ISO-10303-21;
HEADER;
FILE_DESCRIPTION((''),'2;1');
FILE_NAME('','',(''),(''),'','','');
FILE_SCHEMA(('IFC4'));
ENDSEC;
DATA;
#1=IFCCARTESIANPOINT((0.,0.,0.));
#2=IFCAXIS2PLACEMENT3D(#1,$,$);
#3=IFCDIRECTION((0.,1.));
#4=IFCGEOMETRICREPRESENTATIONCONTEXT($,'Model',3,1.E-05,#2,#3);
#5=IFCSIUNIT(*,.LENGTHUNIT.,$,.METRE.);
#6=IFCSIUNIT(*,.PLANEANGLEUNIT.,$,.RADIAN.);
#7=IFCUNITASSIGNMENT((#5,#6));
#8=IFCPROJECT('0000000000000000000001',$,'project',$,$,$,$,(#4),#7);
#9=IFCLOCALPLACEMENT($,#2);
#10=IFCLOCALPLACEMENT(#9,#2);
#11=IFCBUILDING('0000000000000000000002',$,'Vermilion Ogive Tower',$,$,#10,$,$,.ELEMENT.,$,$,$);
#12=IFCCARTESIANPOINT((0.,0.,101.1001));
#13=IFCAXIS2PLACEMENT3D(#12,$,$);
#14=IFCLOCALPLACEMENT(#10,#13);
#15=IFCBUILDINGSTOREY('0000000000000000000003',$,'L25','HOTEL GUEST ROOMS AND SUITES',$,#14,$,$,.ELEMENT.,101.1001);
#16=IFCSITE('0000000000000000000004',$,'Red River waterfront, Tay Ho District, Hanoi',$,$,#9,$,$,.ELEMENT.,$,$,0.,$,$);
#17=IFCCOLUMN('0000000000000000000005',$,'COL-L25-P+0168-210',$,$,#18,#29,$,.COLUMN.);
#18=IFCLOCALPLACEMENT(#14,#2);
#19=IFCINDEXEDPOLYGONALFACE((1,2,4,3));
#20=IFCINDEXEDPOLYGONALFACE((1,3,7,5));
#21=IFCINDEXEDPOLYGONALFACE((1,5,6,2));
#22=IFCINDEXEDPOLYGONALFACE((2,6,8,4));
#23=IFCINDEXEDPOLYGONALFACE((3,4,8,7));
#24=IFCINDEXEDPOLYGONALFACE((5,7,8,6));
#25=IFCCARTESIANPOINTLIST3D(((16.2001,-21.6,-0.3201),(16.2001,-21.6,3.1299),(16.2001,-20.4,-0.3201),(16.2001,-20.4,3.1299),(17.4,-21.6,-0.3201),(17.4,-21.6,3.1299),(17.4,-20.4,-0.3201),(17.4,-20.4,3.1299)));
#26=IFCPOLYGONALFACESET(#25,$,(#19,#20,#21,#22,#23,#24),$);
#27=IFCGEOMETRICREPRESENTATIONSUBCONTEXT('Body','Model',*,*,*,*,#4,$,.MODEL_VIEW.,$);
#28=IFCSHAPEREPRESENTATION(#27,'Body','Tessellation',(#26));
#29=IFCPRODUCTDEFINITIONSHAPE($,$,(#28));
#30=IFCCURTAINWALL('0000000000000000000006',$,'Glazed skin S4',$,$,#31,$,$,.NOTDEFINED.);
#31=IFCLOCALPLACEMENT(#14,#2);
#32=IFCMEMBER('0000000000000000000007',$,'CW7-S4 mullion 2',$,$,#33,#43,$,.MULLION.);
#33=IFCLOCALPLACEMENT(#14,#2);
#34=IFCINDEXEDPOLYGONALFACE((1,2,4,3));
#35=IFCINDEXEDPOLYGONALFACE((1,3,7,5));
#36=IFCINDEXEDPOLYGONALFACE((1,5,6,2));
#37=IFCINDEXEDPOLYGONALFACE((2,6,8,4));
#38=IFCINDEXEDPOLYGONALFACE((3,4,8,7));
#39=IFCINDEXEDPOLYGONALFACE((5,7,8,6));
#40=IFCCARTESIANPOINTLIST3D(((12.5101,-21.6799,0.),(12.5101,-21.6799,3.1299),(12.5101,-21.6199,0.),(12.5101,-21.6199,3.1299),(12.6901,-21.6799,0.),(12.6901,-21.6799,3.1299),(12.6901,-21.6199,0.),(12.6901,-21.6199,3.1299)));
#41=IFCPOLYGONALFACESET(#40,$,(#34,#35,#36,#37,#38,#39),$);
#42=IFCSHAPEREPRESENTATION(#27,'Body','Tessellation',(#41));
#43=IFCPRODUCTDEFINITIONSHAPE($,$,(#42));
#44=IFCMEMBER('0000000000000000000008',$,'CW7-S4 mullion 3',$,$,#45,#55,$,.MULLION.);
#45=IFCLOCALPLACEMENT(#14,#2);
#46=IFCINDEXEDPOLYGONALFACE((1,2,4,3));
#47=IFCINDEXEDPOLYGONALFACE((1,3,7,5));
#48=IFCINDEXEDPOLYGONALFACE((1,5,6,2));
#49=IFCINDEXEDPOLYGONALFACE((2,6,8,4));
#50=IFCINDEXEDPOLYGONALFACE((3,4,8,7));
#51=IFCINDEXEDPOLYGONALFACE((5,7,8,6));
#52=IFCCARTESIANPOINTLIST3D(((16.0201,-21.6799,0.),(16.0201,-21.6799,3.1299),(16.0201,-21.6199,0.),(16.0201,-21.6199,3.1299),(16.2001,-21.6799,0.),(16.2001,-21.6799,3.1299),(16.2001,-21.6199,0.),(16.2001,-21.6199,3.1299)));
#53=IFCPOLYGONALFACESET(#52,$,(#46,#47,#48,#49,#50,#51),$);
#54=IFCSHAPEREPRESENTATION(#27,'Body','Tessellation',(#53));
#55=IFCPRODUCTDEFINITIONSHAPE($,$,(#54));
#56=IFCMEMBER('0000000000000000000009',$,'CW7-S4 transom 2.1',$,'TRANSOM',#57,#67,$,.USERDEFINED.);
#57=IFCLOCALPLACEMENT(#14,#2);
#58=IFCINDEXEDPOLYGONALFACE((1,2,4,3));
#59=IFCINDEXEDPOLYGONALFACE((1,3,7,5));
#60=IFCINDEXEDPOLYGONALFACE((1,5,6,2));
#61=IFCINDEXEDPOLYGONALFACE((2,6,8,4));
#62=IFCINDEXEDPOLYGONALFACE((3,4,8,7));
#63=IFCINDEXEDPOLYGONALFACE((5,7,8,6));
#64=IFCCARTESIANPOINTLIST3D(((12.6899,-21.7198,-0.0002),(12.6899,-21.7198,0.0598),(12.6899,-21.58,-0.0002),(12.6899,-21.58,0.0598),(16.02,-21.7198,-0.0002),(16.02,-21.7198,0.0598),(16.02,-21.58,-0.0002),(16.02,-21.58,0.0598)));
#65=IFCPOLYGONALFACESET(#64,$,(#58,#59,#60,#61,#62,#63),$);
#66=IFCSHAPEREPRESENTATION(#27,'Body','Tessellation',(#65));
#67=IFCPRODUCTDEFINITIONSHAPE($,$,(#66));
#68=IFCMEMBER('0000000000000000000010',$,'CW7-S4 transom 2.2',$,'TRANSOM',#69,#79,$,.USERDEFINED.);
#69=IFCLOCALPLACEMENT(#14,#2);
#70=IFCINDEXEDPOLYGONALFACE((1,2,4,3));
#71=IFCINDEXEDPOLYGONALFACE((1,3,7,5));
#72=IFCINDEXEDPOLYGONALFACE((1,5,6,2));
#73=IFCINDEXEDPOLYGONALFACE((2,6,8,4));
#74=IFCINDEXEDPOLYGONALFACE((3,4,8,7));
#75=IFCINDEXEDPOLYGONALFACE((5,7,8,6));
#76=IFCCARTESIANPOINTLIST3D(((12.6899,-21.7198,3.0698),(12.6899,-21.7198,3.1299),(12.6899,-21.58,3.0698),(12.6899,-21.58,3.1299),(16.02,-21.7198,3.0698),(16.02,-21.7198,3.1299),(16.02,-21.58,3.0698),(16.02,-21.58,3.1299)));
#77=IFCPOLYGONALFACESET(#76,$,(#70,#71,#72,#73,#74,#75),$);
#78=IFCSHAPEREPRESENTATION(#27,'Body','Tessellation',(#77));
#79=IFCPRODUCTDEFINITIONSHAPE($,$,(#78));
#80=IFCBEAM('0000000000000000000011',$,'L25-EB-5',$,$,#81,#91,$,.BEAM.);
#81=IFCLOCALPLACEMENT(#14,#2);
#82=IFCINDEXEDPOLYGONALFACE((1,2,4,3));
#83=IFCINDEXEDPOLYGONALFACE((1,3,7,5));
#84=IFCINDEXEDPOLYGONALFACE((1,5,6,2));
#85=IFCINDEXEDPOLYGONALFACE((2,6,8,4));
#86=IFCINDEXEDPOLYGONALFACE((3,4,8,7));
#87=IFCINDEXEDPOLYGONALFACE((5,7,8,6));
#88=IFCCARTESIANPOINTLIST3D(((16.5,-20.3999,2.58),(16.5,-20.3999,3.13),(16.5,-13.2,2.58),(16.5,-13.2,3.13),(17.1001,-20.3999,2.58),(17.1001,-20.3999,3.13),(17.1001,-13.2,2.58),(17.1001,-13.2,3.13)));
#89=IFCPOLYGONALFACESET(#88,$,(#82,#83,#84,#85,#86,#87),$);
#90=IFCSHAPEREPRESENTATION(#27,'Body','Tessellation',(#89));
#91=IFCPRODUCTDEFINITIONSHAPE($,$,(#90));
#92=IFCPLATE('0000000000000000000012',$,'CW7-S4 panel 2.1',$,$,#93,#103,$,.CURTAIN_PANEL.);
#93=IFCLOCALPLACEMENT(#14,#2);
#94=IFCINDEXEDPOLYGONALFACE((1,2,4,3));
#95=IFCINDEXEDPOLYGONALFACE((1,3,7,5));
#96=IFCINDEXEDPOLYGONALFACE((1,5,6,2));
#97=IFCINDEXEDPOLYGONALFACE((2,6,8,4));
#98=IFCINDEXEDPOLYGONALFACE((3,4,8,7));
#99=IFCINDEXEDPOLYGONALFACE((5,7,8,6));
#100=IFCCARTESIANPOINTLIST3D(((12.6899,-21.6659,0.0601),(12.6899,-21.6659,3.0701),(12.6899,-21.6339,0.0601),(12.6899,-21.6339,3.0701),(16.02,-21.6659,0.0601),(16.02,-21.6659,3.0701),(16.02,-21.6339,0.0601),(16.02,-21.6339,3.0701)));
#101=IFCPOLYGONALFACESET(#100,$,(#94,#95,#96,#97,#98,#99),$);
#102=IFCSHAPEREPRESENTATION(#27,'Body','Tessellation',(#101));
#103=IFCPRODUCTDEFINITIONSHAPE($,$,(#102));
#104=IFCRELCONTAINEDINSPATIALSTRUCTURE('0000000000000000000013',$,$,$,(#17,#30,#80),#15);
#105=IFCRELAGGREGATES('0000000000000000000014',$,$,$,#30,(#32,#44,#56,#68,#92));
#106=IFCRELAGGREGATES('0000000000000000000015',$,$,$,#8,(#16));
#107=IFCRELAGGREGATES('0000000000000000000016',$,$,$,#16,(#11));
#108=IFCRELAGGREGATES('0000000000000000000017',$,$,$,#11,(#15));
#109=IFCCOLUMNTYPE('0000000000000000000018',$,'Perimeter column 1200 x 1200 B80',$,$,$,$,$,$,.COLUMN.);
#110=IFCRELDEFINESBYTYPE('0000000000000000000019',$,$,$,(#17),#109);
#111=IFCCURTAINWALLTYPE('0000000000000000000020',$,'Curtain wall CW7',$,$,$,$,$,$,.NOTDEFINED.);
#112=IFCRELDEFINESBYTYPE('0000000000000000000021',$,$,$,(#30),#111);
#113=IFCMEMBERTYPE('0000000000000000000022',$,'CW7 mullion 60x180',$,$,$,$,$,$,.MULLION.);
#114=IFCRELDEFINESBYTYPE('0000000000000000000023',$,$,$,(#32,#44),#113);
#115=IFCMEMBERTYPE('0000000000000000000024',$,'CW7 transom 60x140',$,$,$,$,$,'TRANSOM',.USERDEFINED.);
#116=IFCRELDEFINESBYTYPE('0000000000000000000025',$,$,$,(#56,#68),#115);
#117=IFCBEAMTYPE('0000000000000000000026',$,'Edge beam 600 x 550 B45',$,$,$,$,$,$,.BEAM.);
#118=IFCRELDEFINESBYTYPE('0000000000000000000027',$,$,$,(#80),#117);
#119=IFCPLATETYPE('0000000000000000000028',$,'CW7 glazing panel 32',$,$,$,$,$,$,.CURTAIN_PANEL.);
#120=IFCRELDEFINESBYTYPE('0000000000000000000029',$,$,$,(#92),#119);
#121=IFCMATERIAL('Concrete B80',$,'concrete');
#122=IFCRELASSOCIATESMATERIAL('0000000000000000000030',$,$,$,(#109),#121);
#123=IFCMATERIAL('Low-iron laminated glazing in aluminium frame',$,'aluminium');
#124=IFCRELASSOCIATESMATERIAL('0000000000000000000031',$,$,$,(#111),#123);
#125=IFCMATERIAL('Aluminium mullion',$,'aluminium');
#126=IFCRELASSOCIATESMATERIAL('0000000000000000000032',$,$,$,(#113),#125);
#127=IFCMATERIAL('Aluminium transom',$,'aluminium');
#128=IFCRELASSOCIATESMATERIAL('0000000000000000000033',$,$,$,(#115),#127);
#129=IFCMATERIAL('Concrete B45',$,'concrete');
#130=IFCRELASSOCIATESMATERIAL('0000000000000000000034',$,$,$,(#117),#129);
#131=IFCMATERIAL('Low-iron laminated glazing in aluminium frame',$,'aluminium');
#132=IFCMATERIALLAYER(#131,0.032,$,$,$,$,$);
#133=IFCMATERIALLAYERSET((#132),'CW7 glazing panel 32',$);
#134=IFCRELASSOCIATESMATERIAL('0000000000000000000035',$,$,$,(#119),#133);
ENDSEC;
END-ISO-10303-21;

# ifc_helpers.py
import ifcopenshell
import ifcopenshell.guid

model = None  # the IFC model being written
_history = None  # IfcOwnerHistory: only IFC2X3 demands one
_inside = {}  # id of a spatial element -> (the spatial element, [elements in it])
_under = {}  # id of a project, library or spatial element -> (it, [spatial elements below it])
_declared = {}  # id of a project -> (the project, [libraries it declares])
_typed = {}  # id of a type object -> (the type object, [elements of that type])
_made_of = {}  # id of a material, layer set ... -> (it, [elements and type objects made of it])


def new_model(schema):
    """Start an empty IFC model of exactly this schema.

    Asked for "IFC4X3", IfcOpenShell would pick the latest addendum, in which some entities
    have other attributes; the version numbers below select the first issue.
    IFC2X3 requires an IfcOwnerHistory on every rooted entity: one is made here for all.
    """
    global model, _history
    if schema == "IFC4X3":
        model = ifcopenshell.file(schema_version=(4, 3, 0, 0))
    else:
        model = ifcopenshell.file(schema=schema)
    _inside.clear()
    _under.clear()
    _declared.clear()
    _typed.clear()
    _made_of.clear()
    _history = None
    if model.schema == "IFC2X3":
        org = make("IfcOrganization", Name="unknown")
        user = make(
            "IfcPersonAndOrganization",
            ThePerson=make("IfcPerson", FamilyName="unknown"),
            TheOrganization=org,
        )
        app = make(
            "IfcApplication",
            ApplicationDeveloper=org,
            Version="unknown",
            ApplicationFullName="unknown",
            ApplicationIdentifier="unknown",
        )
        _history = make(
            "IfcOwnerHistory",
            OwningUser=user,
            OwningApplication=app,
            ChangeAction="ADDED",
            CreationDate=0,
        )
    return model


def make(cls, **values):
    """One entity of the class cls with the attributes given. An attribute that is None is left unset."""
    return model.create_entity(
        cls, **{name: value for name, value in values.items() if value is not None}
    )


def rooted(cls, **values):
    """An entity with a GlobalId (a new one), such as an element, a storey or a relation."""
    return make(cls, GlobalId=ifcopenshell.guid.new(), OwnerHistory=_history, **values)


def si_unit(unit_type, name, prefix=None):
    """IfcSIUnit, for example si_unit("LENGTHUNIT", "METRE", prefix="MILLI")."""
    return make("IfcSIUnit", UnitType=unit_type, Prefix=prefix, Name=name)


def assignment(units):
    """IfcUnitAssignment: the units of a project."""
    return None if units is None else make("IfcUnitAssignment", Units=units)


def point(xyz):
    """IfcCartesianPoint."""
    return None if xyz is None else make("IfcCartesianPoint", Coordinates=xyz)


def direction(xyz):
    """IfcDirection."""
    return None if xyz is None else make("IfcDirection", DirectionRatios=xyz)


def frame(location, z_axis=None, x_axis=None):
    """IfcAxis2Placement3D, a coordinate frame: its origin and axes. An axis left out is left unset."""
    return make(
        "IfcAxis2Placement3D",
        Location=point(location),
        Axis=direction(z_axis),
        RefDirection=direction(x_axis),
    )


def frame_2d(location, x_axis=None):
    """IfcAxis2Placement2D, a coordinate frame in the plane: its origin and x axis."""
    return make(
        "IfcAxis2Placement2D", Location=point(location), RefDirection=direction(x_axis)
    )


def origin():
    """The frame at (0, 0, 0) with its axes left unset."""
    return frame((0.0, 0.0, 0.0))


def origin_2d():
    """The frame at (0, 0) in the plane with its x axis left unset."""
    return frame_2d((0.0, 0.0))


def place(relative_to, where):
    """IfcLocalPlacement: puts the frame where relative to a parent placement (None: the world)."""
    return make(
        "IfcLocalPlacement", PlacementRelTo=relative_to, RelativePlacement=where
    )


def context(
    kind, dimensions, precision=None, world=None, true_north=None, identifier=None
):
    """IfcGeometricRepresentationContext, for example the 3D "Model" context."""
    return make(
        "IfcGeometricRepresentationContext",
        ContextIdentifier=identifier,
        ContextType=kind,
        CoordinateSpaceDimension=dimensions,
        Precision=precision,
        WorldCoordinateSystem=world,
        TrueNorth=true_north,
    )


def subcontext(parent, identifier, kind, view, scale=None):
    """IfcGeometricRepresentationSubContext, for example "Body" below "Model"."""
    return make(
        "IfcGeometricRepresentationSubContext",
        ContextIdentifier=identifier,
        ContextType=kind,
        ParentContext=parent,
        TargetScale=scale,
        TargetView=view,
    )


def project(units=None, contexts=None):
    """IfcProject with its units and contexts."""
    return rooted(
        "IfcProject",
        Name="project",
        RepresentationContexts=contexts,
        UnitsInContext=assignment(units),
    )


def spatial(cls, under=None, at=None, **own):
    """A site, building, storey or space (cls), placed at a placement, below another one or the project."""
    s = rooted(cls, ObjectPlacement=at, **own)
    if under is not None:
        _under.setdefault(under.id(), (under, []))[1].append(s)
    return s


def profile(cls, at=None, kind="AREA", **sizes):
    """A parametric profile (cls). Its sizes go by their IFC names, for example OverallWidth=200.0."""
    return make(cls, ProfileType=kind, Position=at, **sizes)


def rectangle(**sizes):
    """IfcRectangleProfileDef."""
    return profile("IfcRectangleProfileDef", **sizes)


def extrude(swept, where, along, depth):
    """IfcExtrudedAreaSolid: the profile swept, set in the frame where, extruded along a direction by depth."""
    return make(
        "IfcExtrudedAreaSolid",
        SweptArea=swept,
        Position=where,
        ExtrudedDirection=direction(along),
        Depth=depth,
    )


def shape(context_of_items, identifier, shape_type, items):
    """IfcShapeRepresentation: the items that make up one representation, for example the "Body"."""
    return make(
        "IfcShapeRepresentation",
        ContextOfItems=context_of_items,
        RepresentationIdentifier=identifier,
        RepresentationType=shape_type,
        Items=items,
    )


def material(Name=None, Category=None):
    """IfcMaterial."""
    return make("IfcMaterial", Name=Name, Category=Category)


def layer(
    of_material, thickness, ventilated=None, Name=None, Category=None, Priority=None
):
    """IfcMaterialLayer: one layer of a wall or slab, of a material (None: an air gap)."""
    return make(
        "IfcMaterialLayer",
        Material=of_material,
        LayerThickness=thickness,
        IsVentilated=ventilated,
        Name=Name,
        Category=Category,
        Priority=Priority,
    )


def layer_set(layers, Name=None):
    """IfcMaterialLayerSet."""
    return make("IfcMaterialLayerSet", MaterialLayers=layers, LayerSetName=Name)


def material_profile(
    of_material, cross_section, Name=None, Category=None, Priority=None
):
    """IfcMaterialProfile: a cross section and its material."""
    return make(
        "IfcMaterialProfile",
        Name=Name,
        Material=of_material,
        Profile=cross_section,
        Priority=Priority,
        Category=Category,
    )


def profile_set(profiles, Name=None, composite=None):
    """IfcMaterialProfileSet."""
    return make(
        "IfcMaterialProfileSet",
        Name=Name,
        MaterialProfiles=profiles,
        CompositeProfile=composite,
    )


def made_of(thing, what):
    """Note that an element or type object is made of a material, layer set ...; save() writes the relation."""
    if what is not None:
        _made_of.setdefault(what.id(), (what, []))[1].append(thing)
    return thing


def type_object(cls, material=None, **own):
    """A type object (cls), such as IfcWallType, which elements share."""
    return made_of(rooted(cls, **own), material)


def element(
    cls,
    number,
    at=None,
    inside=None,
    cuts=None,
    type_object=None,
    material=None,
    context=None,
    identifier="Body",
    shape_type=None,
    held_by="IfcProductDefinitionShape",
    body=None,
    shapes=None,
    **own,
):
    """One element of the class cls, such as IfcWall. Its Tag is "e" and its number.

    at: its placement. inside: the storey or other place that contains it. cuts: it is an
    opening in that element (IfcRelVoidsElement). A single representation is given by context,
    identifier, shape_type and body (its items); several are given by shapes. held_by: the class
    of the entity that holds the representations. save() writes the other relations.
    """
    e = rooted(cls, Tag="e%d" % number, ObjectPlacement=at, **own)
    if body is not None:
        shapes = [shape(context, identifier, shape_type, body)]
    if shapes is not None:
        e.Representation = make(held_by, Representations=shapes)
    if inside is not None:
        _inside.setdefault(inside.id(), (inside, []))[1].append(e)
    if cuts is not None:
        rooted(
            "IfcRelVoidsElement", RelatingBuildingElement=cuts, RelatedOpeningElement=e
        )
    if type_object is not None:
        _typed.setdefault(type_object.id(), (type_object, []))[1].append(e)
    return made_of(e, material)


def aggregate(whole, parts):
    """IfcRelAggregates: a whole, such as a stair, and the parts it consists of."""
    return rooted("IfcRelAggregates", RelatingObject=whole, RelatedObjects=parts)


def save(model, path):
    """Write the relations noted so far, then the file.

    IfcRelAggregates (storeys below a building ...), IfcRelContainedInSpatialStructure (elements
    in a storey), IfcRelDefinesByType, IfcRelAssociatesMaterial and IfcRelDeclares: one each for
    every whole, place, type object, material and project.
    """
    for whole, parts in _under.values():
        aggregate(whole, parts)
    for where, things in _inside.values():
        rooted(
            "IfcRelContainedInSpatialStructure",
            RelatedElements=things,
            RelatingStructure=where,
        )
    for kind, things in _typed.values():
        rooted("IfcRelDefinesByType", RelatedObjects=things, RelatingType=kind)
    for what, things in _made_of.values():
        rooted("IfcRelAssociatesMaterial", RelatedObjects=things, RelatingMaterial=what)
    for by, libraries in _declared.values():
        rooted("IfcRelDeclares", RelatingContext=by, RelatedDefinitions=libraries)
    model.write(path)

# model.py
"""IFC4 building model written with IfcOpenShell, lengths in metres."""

from ifc_helpers import new_model, si_unit, direction, frame, origin, origin_2d, place, context, subcontext, project, spatial, rectangle, extrude, material, layer, layer_set, material_profile, profile_set, type_object, element, aggregate, save


model = new_model("IFC4")

# Units and contexts
model_context = context("Model", 3, precision=1e-05, world=origin(), true_north=direction((0.0, 1.0)))
body_context = subcontext(model_context, "Body", "Model", "MODEL_VIEW")
ifc_project = project(units=[si_unit("LENGTHUNIT", "METRE"), si_unit("PLANEANGLEUNIT", "RADIAN")], contexts=[model_context])

# Site, building, storey
site_placement = place(None, origin())
site = spatial("IfcSite", under=ifc_project, at=site_placement, Name="Red River waterfront, Tay Ho District, Hanoi", CompositionType="ELEMENT", RefElevation=0.0)
building_placement = place(site_placement, origin())
building = spatial("IfcBuilding", under=site, at=building_placement, Name="Vermilion Ogive Tower", CompositionType="ELEMENT")
storey_placement = place(building_placement, frame((0.0, 0.0, 101.1001)))
storey = spatial("IfcBuildingStorey", under=building, at=storey_placement, Name="L25", Description="HOTEL GUEST ROOMS AND SUITES", CompositionType="ELEMENT", Elevation=101.1001)

# Column
ifc_material_1 = material(Name="Concrete B80", Category="concrete")
ifc_material_profile_1 = material_profile(ifc_material_1, rectangle(XDim=1.2, YDim=1.2, at=origin_2d()), Name="1200 x 1200")
ifc_profile_set_1 = profile_set([ifc_material_profile_1], Name="Concrete B80")
column_type = type_object("IfcColumnType", Name="Perimeter column 1200 x 1200 B80", PredefinedType="COLUMN", material=ifc_profile_set_1)
column_placement = place(storey_placement, frame((16.8, -21.0, -0.3201), z_axis=(0.0, 0.0, 1.0), x_axis=(1.0, 0.0, 0.0)))
element("IfcColumn", 1, at=column_placement, inside=storey, type_object=column_type, Name="COL-L25-P+0168-210", PredefinedType="COLUMN", context=body_context, shape_type="SweptSolid", body=[
    extrude(rectangle(XDim=1.2, YDim=1.2, at=origin_2d()), origin(), (0.0, 0.0, 1.0), 3.45),
])

# Curtain wall, members
ifc_material_2 = material(Name="Low-iron laminated glazing in aluminium frame", Category="aluminium")
curtain_wall_type = type_object("IfcCurtainWallType", Name="Curtain wall CW7", PredefinedType="NOTDEFINED", material=ifc_material_2)
curtain_wall_placement = place(storey_placement, origin())
curtain_wall = element("IfcCurtainWall", 2, at=curtain_wall_placement, inside=storey, type_object=curtain_wall_type, Name="Glazed skin S4", PredefinedType="NOTDEFINED")
ifc_material_3 = material(Name="Aluminium mullion", Category="aluminium")
ifc_material_profile_2 = material_profile(ifc_material_3, rectangle(XDim=0.0601, YDim=0.1799, at=origin_2d()), Name="AL 60x180")
ifc_profile_set_2 = profile_set([ifc_material_profile_2], Name="Aluminium mullion")
member_type_1 = type_object("IfcMemberType", Name="CW7 mullion 60x180", PredefinedType="MULLION", material=ifc_profile_set_2)
member_1_placement = place(storey_placement, frame((12.6001, -21.6499, 0.0), z_axis=(0.0, 0.0, 1.0), x_axis=(0.0, 1.0, 0.0)))
member_1 = element("IfcMember", 3, at=member_1_placement, type_object=member_type_1, Name="CW7-S4 mullion 2", PredefinedType="MULLION", context=body_context, shape_type="SweptSolid", body=[
    extrude(rectangle(XDim=0.0601, YDim=0.1799, at=origin_2d()), origin(), (0.0, 0.0, 1.0), 3.1299),
])
member_2_placement = place(storey_placement, frame((16.1101, -21.6499, 0.0), z_axis=(0.0, 0.0, 1.0), x_axis=(0.0, 1.0, 0.0)))
member_2 = element("IfcMember", 4, at=member_2_placement, type_object=member_type_1, Name="CW7-S4 mullion 3", PredefinedType="MULLION", context=body_context, shape_type="SweptSolid", body=[
    extrude(rectangle(XDim=0.0601, YDim=0.1799, at=origin_2d()), origin(), (0.0, 0.0, 1.0), 3.1299),
])
ifc_material_4 = material(Name="Aluminium transom", Category="aluminium")
ifc_material_profile_3 = material_profile(ifc_material_4, rectangle(XDim=0.1399, YDim=0.0601, at=origin_2d()), Name="AL 60x140")
ifc_profile_set_3 = profile_set([ifc_material_profile_3], Name="Aluminium transom")
member_type_2 = type_object("IfcMemberType", Name="CW7 transom 60x140", ElementType="TRANSOM", PredefinedType="USERDEFINED", material=ifc_profile_set_3)
member_3_placement = place(storey_placement, frame((12.6899, -21.6499, 0.0298), z_axis=(1.0, 0.0, 0.0), x_axis=(0.0, 1.0, 0.0)))
member_3 = element("IfcMember", 5, at=member_3_placement, type_object=member_type_2, Name="CW7-S4 transom 2.1", ObjectType="TRANSOM", PredefinedType="USERDEFINED", context=body_context, shape_type="SweptSolid", body=[
    extrude(rectangle(XDim=0.1399, YDim=0.0601, at=origin_2d()), origin(), (0.0, 0.0, 1.0), 3.3301),
])
member_4_placement = place(storey_placement, frame((12.6899, -21.6499, 3.0999), z_axis=(1.0, 0.0, 0.0), x_axis=(0.0, 1.0, 0.0)))
member_4 = element("IfcMember", 6, at=member_4_placement, type_object=member_type_2, Name="CW7-S4 transom 2.2", ObjectType="TRANSOM", PredefinedType="USERDEFINED", context=body_context, shape_type="SweptSolid", body=[
    extrude(rectangle(XDim=0.1399, YDim=0.0601, at=origin_2d()), origin(), (0.0, 0.0, 1.0), 3.3301),
])

# Beam
ifc_material_5 = material(Name="Concrete B45", Category="concrete")
ifc_material_profile_4 = material_profile(ifc_material_5, rectangle(XDim=0.6001, YDim=0.55, at=origin_2d()), Name="600 x 550")
ifc_profile_set_4 = profile_set([ifc_material_profile_4], Name="Concrete B45")
beam_type = type_object("IfcBeamType", Name="Edge beam 600 x 550 B45", PredefinedType="BEAM", material=ifc_profile_set_4)
beam_placement = place(storey_placement, frame((16.8, -20.3999, 2.855), z_axis=(0.0, 1.0, 0.0), x_axis=(-1.0, 0.0, 0.0)))
element("IfcBeam", 7, at=beam_placement, inside=storey, type_object=beam_type, Name="L25-EB-5", PredefinedType="BEAM", context=body_context, shape_type="SweptSolid", body=[
    extrude(rectangle(XDim=0.6001, YDim=0.55, at=origin_2d()), origin(), (0.0, 0.0, 1.0), 7.2),
])

# Plate
ifc_material_6 = material(Name="Low-iron laminated glazing in aluminium frame", Category="aluminium")
ifc_layer_1 = layer(ifc_material_6, 0.032)
ifc_layer_set_1 = layer_set([ifc_layer_1], Name="CW7 glazing panel 32")
plate_type = type_object("IfcPlateType", Name="CW7 glazing panel 32", PredefinedType="CURTAIN_PANEL", material=ifc_layer_set_1)
plate_placement = place(storey_placement, frame((14.355, -21.6499, 0.0601), z_axis=(0.0, 0.0, 1.0), x_axis=(1.0, 0.0, 0.0)))
plate = element("IfcPlate", 8, at=plate_placement, type_object=plate_type, Name="CW7-S4 panel 2.1", PredefinedType="CURTAIN_PANEL", context=body_context, shape_type="SweptSolid", body=[
    extrude(rectangle(XDim=3.3301, YDim=0.032, at=origin_2d()), origin(), (0.0, 0.0, 1.0), 3.01),
])
aggregate(curtain_wall, [member_1, member_2, member_3, member_4, plate])

save(model, "model.ifc")
